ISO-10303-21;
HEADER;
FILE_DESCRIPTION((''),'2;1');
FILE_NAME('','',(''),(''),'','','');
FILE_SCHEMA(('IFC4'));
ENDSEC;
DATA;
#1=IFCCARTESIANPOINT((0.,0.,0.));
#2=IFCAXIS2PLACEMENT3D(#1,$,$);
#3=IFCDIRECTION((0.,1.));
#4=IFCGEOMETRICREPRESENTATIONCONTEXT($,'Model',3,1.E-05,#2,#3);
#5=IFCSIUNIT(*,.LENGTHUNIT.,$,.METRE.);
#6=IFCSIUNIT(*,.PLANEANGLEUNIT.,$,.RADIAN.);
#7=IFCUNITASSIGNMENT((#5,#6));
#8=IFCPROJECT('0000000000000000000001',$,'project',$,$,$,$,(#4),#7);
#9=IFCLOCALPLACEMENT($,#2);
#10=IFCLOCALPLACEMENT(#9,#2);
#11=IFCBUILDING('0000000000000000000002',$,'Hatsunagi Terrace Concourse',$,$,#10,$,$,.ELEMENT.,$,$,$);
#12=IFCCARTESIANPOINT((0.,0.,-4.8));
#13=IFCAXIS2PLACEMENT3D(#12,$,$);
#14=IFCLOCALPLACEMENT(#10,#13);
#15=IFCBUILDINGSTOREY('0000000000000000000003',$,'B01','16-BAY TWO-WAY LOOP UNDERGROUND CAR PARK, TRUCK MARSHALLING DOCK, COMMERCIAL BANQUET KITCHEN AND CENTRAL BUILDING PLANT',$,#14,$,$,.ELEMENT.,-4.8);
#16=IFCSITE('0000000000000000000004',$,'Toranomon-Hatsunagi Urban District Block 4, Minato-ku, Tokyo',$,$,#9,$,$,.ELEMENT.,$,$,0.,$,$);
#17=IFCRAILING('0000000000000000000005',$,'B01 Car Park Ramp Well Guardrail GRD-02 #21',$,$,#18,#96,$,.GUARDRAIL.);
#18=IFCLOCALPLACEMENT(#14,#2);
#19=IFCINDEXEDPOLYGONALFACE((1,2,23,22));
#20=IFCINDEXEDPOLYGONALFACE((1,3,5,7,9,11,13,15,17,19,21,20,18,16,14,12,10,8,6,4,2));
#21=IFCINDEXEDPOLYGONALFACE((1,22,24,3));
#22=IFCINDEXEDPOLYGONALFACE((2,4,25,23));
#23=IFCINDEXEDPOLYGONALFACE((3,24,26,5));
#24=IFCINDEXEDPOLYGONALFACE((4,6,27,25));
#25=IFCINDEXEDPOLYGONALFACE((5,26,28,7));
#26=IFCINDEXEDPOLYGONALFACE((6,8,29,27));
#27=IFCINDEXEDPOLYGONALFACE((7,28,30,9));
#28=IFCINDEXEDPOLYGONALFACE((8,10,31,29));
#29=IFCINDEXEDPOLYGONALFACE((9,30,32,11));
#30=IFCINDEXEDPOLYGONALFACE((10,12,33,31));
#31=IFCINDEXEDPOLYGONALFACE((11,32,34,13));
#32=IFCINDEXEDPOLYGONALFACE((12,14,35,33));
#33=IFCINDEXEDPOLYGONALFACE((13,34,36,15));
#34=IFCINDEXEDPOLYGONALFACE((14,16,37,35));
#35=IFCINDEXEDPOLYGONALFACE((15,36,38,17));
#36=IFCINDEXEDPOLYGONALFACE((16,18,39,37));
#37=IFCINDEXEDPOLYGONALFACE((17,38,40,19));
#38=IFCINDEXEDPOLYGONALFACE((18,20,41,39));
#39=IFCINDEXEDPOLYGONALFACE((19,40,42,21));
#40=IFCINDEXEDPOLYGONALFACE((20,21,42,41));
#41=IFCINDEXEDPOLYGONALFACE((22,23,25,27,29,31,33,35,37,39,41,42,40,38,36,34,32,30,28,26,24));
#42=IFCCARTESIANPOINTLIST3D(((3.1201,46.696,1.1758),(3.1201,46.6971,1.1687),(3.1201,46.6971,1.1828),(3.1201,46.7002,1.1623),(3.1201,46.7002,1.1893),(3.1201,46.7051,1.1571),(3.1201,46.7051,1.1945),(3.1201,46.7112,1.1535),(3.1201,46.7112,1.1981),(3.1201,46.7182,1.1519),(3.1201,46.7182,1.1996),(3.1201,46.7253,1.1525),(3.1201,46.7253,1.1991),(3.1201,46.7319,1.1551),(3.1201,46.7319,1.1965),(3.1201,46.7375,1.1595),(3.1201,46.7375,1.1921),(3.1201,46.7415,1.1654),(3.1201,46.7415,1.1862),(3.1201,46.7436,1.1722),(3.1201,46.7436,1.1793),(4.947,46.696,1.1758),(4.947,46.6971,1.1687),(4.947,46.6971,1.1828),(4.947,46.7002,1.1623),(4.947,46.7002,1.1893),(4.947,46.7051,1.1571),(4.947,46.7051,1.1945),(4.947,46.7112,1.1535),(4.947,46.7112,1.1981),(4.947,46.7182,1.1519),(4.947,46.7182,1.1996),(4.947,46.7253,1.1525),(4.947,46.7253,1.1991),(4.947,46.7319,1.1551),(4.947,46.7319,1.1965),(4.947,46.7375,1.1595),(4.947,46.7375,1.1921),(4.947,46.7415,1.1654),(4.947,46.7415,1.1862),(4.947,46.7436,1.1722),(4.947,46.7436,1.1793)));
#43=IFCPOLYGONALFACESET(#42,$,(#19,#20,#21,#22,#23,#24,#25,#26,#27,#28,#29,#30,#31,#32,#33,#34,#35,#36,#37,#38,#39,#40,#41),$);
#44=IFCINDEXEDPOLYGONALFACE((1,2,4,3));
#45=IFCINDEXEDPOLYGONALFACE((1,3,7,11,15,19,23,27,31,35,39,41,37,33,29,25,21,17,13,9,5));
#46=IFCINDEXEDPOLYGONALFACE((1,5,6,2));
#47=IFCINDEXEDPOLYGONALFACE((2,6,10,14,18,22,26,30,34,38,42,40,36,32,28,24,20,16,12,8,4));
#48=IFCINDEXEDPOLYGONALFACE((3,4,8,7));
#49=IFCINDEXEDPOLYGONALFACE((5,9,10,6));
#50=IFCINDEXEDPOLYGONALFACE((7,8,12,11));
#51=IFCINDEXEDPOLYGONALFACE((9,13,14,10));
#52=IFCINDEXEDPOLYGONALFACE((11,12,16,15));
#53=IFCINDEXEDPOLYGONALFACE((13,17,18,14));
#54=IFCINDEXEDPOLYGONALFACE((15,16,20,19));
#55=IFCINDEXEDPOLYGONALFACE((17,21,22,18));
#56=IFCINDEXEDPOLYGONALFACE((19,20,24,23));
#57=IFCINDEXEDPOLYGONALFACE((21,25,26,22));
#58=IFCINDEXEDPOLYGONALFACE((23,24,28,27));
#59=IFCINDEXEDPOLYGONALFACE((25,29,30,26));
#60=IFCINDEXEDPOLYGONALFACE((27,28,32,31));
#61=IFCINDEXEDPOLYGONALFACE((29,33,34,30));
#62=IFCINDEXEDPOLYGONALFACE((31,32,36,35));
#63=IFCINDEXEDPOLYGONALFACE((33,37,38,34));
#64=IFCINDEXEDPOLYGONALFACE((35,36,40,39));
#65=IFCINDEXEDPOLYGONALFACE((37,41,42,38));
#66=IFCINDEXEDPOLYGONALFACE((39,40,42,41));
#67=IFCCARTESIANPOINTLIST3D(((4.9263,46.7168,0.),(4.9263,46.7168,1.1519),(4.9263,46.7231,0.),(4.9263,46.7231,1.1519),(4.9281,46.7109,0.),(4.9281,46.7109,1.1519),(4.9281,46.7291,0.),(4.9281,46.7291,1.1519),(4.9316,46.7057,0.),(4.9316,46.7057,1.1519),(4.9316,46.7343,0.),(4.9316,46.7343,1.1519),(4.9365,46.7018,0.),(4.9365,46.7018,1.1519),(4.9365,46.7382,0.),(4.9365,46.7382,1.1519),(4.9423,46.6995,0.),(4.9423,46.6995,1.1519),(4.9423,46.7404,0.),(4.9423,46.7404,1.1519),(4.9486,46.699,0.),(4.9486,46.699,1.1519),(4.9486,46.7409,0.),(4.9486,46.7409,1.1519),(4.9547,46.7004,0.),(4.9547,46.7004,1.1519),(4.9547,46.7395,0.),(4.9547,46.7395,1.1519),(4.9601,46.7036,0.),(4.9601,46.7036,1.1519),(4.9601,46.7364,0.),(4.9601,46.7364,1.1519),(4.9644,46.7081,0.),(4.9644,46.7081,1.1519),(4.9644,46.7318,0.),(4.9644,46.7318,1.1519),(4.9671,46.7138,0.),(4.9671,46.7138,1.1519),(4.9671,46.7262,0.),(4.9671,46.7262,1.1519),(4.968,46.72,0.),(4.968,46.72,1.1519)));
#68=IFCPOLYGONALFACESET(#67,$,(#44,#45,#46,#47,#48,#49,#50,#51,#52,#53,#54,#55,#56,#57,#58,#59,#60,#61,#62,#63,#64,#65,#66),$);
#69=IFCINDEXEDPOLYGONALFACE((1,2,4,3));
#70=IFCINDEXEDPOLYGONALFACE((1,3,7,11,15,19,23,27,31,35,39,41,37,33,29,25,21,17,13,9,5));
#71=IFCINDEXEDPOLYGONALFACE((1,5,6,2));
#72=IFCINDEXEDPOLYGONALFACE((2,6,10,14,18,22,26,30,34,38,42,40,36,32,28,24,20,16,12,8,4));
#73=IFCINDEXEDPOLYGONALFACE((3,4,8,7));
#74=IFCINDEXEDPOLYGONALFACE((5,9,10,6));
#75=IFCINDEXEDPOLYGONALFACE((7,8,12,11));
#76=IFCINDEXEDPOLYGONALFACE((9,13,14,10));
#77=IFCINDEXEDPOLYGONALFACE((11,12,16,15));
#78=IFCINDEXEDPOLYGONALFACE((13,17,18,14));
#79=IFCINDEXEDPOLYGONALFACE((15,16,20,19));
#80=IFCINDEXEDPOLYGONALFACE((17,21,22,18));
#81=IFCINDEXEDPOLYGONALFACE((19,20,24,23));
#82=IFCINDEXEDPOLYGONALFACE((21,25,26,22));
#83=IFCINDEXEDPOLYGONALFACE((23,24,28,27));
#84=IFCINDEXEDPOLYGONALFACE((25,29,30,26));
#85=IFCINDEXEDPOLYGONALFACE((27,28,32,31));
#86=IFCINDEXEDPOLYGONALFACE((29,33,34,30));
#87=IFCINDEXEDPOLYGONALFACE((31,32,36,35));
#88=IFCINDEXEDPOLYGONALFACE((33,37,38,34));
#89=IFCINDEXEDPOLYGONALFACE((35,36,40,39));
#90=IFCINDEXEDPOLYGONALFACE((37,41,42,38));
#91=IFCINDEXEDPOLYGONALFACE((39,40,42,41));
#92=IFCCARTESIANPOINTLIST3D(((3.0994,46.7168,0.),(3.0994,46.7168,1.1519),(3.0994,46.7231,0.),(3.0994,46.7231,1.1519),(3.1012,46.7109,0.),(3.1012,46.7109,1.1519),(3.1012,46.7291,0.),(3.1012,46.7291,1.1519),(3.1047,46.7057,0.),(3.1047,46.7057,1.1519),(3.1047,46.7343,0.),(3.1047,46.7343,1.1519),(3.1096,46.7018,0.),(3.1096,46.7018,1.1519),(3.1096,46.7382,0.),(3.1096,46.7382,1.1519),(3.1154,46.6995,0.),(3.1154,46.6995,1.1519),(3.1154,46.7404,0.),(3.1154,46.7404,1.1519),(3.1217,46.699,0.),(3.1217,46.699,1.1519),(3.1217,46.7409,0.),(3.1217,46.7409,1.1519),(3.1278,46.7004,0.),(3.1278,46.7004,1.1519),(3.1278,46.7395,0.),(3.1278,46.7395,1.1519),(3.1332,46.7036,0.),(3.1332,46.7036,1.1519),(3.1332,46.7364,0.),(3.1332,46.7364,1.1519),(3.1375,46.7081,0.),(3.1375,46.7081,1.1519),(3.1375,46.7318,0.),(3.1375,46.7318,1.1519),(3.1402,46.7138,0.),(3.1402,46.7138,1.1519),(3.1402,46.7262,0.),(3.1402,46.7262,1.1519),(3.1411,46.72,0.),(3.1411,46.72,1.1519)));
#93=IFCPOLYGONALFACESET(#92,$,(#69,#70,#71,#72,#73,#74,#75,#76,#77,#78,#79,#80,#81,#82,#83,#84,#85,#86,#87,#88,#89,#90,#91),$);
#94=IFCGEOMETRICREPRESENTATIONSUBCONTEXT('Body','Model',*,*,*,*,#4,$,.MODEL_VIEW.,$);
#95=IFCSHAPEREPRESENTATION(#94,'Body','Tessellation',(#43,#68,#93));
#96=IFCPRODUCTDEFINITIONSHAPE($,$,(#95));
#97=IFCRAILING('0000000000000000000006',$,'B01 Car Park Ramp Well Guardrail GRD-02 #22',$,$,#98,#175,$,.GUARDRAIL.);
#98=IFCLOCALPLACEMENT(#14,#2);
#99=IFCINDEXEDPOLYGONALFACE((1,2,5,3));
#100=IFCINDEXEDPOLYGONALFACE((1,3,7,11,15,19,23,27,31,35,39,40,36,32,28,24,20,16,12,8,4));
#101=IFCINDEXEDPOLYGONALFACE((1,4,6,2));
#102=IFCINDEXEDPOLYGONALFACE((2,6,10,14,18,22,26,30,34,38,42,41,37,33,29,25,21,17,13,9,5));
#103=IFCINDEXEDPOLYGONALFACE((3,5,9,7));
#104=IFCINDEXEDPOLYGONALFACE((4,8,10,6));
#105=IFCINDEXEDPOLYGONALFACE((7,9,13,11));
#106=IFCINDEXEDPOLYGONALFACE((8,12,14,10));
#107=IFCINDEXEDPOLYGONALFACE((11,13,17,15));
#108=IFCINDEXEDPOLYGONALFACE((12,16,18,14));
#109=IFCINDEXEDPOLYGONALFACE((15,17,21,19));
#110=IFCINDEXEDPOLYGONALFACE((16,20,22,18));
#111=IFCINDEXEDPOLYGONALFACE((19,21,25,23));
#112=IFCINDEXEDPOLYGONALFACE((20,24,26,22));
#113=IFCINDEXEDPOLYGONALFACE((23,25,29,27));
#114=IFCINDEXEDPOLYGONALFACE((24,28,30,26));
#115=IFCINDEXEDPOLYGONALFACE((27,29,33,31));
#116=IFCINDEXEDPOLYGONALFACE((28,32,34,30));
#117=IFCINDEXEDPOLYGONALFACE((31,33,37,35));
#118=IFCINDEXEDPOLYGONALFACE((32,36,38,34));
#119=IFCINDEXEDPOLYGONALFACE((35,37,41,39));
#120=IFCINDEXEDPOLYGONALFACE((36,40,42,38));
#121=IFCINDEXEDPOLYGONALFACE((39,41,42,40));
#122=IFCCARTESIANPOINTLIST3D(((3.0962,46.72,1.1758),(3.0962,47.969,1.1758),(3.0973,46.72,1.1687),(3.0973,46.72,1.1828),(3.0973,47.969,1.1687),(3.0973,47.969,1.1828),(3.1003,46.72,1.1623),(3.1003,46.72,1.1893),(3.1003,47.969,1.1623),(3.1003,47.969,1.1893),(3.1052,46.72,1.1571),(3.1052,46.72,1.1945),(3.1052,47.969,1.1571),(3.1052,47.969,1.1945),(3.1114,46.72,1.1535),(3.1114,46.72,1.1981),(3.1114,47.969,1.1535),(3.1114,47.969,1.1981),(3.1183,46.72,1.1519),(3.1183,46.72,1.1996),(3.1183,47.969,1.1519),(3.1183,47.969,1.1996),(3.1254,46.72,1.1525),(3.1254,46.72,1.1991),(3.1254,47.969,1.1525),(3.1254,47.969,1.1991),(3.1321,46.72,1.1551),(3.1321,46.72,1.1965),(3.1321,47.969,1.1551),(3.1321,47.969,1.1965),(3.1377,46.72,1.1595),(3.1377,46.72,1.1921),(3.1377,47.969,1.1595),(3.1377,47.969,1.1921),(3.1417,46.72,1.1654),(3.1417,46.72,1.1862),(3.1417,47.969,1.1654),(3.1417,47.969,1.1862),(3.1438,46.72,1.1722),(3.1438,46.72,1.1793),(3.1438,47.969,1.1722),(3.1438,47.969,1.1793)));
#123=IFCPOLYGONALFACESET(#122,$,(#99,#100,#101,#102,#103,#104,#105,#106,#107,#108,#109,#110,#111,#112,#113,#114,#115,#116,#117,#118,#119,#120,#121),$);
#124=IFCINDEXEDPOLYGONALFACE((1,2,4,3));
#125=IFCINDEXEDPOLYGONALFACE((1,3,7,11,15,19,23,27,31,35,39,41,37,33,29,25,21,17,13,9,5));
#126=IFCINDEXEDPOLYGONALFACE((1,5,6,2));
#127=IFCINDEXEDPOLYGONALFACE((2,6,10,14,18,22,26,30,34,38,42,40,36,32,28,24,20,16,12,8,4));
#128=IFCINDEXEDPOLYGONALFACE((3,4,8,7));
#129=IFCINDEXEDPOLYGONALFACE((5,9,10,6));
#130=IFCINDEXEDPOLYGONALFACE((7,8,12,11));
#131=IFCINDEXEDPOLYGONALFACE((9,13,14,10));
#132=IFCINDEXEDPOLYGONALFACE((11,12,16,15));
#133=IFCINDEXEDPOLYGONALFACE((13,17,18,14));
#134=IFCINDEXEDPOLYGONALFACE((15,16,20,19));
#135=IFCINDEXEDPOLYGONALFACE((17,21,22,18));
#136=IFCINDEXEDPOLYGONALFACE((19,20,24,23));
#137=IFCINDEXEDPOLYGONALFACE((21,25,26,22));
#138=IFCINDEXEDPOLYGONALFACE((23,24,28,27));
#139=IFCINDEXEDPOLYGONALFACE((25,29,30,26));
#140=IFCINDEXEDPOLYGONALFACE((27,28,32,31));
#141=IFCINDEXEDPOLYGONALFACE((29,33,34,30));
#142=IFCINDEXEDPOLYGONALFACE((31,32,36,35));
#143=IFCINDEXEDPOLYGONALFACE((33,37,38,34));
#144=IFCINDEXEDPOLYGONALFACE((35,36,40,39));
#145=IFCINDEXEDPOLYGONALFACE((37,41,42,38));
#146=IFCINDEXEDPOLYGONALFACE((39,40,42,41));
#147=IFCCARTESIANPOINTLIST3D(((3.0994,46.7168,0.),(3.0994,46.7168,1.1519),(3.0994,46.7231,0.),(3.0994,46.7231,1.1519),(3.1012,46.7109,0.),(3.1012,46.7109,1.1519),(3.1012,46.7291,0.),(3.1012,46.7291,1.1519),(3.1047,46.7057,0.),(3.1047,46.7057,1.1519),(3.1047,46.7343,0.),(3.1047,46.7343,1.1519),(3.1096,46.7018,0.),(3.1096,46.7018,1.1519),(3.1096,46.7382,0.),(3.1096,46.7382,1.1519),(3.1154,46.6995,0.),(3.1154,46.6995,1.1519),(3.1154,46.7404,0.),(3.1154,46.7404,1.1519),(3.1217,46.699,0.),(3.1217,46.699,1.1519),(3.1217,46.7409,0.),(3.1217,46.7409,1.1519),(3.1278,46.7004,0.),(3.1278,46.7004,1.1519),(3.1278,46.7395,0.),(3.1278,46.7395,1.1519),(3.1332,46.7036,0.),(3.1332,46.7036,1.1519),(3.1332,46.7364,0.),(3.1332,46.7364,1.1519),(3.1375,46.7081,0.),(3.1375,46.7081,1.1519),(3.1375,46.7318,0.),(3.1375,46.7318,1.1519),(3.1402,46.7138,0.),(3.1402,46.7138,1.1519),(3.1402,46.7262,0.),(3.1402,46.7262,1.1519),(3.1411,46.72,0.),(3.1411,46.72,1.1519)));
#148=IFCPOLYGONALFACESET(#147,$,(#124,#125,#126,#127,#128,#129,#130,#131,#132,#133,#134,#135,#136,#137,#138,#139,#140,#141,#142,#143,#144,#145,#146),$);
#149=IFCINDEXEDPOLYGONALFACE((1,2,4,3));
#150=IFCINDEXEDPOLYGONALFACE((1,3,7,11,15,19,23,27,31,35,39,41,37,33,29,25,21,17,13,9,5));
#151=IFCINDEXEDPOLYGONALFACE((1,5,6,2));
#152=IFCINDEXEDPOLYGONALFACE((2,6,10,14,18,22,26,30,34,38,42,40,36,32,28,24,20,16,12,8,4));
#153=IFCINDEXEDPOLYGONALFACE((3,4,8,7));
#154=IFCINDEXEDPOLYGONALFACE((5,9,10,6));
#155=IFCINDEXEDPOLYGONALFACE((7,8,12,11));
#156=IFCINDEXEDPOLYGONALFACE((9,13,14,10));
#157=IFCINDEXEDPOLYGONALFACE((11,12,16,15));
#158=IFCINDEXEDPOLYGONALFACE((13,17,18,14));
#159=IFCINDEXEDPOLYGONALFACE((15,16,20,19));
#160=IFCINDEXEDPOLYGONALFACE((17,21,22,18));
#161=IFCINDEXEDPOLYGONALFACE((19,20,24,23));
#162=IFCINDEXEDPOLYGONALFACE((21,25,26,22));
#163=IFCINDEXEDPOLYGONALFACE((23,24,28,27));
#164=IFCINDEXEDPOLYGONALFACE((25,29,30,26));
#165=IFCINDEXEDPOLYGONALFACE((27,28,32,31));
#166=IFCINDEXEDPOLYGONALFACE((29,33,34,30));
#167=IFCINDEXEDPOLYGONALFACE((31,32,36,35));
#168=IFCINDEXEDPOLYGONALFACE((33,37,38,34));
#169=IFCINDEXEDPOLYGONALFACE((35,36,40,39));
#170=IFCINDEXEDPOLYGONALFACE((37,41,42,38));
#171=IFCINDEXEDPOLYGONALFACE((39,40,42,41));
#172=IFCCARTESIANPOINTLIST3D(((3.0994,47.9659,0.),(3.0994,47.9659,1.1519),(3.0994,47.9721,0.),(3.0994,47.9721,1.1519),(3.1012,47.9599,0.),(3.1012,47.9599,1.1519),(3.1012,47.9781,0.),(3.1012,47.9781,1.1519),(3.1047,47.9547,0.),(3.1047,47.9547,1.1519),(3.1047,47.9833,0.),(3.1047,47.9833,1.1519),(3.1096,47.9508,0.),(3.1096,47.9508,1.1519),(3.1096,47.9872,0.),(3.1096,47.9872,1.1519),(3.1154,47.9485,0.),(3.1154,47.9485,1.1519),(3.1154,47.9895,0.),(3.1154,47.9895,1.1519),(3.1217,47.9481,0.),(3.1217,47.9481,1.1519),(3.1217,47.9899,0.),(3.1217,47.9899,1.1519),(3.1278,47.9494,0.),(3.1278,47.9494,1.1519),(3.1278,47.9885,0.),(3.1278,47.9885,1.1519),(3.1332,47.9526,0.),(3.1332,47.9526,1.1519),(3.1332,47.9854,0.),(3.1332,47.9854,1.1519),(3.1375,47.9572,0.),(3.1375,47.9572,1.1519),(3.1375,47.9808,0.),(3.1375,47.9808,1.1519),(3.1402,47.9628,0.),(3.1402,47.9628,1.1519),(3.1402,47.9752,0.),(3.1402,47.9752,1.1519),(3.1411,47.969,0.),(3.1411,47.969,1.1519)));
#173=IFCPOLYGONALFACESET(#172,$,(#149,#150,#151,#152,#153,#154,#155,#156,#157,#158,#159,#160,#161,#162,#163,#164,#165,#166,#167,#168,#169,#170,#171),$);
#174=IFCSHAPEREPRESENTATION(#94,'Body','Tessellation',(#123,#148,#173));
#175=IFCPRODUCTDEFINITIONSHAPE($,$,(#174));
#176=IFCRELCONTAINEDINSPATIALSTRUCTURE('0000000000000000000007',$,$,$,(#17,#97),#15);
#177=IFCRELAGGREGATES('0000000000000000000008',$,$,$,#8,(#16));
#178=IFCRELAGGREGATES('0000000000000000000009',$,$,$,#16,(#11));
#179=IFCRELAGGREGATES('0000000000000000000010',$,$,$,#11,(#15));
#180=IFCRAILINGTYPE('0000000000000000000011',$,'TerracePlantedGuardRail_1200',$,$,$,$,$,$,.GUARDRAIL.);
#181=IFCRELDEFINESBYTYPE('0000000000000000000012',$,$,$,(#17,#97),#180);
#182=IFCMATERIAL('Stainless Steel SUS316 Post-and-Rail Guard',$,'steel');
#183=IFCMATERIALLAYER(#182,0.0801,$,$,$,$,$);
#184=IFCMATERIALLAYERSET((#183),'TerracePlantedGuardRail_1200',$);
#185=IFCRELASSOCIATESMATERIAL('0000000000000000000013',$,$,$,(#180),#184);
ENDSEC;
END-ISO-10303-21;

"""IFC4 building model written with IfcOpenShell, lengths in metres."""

from ifc_helpers import new_model, si_unit, direction, frame, origin, origin_2d, place, context, subcontext, project, spatial, circle, extrude, material, layer, layer_set, type_object, element, save


model = new_model("IFC4")

# Units and contexts
model_context = context("Model", 3, precision=1e-05, world=origin(), true_north=direction((0.0, 1.0)))
body_context = subcontext(model_context, "Body", "Model", "MODEL_VIEW")
ifc_project = project(units=[si_unit("LENGTHUNIT", "METRE"), si_unit("PLANEANGLEUNIT", "RADIAN")], contexts=[model_context])

# Site, building, storey
site_placement = place(None, origin())
site = spatial("IfcSite", under=ifc_project, at=site_placement, Name="Toranomon-Hatsunagi Urban District Block 4, Minato-ku, Tokyo", CompositionType="ELEMENT", RefElevation=0.0)
building_placement = place(site_placement, origin())
building = spatial("IfcBuilding", under=site, at=building_placement, Name="Hatsunagi Terrace Concourse", CompositionType="ELEMENT")
storey_placement = place(building_placement, frame((0.0, 0.0, -4.8)))
storey = spatial("IfcBuildingStorey", under=building, at=storey_placement, Name="B01", Description="16-BAY TWO-WAY LOOP UNDERGROUND CAR PARK, TRUCK MARSHALLING DOCK, COMMERCIAL BANQUET KITCHEN AND CENTRAL BUILDING PLANT", CompositionType="ELEMENT", Elevation=-4.8)

# Railings
ifc_material_1 = material(Name="Stainless Steel SUS316 Post-and-Rail Guard", Category="steel")
ifc_layer_1 = layer(ifc_material_1, 0.0801)
ifc_layer_set_1 = layer_set([ifc_layer_1], Name="TerracePlantedGuardRail_1200")
railing_type = type_object("IfcRailingType", Name="TerracePlantedGuardRail_1200", PredefinedType="GUARDRAIL", material=ifc_layer_set_1)
railing_1_placement = place(storey_placement, frame((4.947, 46.72, 0.0)))
element("IfcRailing", 1, at=railing_1_placement, inside=storey, type_object=railing_type, Name="B01 Car Park Ramp Well Guardrail GRD-02 #21", PredefinedType="GUARDRAIL", context=body_context, shape_type="SweptSolid", body=[
    extrude(circle(Radius=0.0239, at=origin_2d()), frame((0.0, 0.0, 1.1758), z_axis=(-1.0, 0.0, 0.0), x_axis=(0.0, -1.0, 0.0)), (0.0, 0.0, 1.0), 1.8269),
    extrude(circle(Radius=0.021, at=origin_2d()), origin(), (0.0, 0.0, 1.0), 1.1519),
    extrude(circle(Radius=0.021, at=origin_2d()), frame((-1.8269, 0.0, 0.0)), (0.0, 0.0, 1.0), 1.1519),
])
railing_2_placement = place(storey_placement, frame((3.1201, 46.72, 0.0)))
element("IfcRailing", 2, at=railing_2_placement, inside=storey, type_object=railing_type, Name="B01 Car Park Ramp Well Guardrail GRD-02 #22", PredefinedType="GUARDRAIL", context=body_context, shape_type="SweptSolid", body=[
    extrude(circle(Radius=0.0239, at=origin_2d()), frame((0.0, 0.0, 1.1758), z_axis=(0.0, 1.0, 0.0), x_axis=(-1.0, 0.0, 0.0)), (0.0, 0.0, 1.0), 1.249),
    extrude(circle(Radius=0.021, at=origin_2d()), origin(), (0.0, 0.0, 1.0), 1.1519),
    extrude(circle(Radius=0.021, at=origin_2d()), frame((0.0, 1.249, 0.0)), (0.0, 0.0, 1.0), 1.1519),
])

save(model, "model.ifc")
